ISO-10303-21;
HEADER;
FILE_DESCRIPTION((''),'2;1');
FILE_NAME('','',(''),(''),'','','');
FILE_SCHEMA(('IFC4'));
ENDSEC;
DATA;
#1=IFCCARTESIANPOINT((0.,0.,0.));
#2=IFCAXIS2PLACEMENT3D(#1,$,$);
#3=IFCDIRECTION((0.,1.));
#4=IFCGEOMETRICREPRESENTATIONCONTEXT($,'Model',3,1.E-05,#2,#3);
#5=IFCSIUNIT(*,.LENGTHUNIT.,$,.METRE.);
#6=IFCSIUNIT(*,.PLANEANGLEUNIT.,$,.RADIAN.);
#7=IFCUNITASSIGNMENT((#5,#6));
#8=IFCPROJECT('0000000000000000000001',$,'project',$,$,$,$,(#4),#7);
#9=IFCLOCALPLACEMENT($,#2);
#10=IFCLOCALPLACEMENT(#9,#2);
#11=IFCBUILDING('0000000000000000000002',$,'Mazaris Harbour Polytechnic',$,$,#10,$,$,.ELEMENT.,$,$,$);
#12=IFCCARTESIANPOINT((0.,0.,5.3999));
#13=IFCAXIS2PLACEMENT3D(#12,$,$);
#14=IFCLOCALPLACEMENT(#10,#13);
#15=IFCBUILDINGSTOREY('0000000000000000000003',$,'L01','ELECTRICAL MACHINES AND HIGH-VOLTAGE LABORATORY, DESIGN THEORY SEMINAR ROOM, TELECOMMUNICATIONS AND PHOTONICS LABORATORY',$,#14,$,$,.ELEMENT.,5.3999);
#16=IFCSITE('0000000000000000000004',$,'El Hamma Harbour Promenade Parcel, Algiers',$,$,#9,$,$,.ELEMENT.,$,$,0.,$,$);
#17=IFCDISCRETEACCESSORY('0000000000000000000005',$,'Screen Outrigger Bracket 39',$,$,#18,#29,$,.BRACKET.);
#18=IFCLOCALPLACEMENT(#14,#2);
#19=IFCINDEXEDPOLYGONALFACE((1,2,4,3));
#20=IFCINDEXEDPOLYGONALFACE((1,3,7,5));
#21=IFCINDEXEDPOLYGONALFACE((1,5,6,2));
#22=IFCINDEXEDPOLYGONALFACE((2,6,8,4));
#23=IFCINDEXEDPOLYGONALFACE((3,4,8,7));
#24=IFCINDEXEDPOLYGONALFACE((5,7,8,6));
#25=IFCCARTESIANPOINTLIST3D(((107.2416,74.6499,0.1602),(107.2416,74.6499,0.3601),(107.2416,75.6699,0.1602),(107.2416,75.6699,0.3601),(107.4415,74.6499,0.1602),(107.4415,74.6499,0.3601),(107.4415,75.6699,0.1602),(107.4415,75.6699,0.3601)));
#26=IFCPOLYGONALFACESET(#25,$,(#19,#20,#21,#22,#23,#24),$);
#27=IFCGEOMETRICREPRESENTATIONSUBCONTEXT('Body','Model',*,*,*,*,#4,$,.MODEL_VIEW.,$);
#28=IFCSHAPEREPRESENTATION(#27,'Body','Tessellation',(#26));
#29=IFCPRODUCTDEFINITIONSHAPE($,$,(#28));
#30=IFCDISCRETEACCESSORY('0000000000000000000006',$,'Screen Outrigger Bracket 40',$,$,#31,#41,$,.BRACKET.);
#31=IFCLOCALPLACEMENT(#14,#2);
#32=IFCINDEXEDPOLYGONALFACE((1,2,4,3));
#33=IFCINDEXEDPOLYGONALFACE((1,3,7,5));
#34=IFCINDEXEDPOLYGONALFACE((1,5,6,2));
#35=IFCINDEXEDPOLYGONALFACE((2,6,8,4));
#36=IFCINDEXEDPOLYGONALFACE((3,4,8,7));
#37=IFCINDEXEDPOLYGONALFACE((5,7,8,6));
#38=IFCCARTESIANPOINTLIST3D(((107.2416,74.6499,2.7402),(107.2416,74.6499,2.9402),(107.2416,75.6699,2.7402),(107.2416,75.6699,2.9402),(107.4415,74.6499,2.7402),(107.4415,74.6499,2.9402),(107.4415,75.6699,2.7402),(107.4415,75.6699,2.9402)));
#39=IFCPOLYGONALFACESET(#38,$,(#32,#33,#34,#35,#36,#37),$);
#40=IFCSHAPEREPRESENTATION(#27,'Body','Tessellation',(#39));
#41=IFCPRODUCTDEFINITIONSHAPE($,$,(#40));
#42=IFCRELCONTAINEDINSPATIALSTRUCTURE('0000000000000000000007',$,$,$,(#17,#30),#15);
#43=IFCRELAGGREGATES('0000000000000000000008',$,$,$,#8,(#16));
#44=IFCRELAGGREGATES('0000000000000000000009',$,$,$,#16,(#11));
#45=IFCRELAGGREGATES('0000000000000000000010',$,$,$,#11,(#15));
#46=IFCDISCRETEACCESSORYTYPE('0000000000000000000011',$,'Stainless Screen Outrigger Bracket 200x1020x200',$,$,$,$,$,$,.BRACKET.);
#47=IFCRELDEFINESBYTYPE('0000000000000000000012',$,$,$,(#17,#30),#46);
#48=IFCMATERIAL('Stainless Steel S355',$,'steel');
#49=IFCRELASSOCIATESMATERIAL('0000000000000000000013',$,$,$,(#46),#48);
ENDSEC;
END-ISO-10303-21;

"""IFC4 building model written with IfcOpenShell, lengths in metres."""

from ifc_helpers import new_model, si_unit, direction, frame, origin, origin_2d, place, context, subcontext, project, spatial, rectangle, extrude, material, type_object, element, save


model = new_model("IFC4")

# Units and contexts
model_context = context("Model", 3, precision=1e-05, world=origin(), true_north=direction((0.0, 1.0)))
body_context = subcontext(model_context, "Body", "Model", "MODEL_VIEW")
ifc_project = project(units=[si_unit("LENGTHUNIT", "METRE"), si_unit("PLANEANGLEUNIT", "RADIAN")], contexts=[model_context])

# Site, building, storey
site_placement = place(None, origin())
site = spatial("IfcSite", under=ifc_project, at=site_placement, Name="El Hamma Harbour Promenade Parcel, Algiers", CompositionType="ELEMENT", RefElevation=0.0)
building_placement = place(site_placement, origin())
building = spatial("IfcBuilding", under=site, at=building_placement, Name="Mazaris Harbour Polytechnic", CompositionType="ELEMENT")
storey_placement = place(building_placement, frame((0.0, 0.0, 5.3999)))
storey = spatial("IfcBuildingStorey", under=building, at=storey_placement, Name="L01", Description="ELECTRICAL MACHINES AND HIGH-VOLTAGE LABORATORY, DESIGN THEORY SEMINAR ROOM, TELECOMMUNICATIONS AND PHOTONICS LABORATORY", CompositionType="ELEMENT", Elevation=5.3999)

# Discrete accessories
ifc_material_1 = material(Name="Stainless Steel S355", Category="steel")
discrete_accessory_type = type_object("IfcDiscreteAccessoryType", Name="Stainless Screen Outrigger Bracket 200x1020x200", PredefinedType="BRACKET", material=ifc_material_1)
for number, where, z_axis, x_axis, name in (
    (1, (107.3416, 75.1599, 0.1602), (0.0, 0.0, 1.0), (-1.0, 0.0, 0.0), "Screen Outrigger Bracket 39"),
    (2, (107.3416, 75.1599, 2.7402), (0.0, 0.0, 1.0), (-1.0, 0.0, 0.0), "Screen Outrigger Bracket 40"),
):
    element("IfcDiscreteAccessory", number, at=place(storey_placement, frame(where, z_axis=z_axis, x_axis=x_axis)), inside=storey, type_object=discrete_accessory_type, Name=name, PredefinedType="BRACKET", context=body_context, shape_type="SweptSolid", body=[
        extrude(rectangle(XDim=0.2, YDim=1.02, at=origin_2d()), origin(), (0.0, 0.0, 1.0), 0.2),
    ])

save(model, "model.ifc")
